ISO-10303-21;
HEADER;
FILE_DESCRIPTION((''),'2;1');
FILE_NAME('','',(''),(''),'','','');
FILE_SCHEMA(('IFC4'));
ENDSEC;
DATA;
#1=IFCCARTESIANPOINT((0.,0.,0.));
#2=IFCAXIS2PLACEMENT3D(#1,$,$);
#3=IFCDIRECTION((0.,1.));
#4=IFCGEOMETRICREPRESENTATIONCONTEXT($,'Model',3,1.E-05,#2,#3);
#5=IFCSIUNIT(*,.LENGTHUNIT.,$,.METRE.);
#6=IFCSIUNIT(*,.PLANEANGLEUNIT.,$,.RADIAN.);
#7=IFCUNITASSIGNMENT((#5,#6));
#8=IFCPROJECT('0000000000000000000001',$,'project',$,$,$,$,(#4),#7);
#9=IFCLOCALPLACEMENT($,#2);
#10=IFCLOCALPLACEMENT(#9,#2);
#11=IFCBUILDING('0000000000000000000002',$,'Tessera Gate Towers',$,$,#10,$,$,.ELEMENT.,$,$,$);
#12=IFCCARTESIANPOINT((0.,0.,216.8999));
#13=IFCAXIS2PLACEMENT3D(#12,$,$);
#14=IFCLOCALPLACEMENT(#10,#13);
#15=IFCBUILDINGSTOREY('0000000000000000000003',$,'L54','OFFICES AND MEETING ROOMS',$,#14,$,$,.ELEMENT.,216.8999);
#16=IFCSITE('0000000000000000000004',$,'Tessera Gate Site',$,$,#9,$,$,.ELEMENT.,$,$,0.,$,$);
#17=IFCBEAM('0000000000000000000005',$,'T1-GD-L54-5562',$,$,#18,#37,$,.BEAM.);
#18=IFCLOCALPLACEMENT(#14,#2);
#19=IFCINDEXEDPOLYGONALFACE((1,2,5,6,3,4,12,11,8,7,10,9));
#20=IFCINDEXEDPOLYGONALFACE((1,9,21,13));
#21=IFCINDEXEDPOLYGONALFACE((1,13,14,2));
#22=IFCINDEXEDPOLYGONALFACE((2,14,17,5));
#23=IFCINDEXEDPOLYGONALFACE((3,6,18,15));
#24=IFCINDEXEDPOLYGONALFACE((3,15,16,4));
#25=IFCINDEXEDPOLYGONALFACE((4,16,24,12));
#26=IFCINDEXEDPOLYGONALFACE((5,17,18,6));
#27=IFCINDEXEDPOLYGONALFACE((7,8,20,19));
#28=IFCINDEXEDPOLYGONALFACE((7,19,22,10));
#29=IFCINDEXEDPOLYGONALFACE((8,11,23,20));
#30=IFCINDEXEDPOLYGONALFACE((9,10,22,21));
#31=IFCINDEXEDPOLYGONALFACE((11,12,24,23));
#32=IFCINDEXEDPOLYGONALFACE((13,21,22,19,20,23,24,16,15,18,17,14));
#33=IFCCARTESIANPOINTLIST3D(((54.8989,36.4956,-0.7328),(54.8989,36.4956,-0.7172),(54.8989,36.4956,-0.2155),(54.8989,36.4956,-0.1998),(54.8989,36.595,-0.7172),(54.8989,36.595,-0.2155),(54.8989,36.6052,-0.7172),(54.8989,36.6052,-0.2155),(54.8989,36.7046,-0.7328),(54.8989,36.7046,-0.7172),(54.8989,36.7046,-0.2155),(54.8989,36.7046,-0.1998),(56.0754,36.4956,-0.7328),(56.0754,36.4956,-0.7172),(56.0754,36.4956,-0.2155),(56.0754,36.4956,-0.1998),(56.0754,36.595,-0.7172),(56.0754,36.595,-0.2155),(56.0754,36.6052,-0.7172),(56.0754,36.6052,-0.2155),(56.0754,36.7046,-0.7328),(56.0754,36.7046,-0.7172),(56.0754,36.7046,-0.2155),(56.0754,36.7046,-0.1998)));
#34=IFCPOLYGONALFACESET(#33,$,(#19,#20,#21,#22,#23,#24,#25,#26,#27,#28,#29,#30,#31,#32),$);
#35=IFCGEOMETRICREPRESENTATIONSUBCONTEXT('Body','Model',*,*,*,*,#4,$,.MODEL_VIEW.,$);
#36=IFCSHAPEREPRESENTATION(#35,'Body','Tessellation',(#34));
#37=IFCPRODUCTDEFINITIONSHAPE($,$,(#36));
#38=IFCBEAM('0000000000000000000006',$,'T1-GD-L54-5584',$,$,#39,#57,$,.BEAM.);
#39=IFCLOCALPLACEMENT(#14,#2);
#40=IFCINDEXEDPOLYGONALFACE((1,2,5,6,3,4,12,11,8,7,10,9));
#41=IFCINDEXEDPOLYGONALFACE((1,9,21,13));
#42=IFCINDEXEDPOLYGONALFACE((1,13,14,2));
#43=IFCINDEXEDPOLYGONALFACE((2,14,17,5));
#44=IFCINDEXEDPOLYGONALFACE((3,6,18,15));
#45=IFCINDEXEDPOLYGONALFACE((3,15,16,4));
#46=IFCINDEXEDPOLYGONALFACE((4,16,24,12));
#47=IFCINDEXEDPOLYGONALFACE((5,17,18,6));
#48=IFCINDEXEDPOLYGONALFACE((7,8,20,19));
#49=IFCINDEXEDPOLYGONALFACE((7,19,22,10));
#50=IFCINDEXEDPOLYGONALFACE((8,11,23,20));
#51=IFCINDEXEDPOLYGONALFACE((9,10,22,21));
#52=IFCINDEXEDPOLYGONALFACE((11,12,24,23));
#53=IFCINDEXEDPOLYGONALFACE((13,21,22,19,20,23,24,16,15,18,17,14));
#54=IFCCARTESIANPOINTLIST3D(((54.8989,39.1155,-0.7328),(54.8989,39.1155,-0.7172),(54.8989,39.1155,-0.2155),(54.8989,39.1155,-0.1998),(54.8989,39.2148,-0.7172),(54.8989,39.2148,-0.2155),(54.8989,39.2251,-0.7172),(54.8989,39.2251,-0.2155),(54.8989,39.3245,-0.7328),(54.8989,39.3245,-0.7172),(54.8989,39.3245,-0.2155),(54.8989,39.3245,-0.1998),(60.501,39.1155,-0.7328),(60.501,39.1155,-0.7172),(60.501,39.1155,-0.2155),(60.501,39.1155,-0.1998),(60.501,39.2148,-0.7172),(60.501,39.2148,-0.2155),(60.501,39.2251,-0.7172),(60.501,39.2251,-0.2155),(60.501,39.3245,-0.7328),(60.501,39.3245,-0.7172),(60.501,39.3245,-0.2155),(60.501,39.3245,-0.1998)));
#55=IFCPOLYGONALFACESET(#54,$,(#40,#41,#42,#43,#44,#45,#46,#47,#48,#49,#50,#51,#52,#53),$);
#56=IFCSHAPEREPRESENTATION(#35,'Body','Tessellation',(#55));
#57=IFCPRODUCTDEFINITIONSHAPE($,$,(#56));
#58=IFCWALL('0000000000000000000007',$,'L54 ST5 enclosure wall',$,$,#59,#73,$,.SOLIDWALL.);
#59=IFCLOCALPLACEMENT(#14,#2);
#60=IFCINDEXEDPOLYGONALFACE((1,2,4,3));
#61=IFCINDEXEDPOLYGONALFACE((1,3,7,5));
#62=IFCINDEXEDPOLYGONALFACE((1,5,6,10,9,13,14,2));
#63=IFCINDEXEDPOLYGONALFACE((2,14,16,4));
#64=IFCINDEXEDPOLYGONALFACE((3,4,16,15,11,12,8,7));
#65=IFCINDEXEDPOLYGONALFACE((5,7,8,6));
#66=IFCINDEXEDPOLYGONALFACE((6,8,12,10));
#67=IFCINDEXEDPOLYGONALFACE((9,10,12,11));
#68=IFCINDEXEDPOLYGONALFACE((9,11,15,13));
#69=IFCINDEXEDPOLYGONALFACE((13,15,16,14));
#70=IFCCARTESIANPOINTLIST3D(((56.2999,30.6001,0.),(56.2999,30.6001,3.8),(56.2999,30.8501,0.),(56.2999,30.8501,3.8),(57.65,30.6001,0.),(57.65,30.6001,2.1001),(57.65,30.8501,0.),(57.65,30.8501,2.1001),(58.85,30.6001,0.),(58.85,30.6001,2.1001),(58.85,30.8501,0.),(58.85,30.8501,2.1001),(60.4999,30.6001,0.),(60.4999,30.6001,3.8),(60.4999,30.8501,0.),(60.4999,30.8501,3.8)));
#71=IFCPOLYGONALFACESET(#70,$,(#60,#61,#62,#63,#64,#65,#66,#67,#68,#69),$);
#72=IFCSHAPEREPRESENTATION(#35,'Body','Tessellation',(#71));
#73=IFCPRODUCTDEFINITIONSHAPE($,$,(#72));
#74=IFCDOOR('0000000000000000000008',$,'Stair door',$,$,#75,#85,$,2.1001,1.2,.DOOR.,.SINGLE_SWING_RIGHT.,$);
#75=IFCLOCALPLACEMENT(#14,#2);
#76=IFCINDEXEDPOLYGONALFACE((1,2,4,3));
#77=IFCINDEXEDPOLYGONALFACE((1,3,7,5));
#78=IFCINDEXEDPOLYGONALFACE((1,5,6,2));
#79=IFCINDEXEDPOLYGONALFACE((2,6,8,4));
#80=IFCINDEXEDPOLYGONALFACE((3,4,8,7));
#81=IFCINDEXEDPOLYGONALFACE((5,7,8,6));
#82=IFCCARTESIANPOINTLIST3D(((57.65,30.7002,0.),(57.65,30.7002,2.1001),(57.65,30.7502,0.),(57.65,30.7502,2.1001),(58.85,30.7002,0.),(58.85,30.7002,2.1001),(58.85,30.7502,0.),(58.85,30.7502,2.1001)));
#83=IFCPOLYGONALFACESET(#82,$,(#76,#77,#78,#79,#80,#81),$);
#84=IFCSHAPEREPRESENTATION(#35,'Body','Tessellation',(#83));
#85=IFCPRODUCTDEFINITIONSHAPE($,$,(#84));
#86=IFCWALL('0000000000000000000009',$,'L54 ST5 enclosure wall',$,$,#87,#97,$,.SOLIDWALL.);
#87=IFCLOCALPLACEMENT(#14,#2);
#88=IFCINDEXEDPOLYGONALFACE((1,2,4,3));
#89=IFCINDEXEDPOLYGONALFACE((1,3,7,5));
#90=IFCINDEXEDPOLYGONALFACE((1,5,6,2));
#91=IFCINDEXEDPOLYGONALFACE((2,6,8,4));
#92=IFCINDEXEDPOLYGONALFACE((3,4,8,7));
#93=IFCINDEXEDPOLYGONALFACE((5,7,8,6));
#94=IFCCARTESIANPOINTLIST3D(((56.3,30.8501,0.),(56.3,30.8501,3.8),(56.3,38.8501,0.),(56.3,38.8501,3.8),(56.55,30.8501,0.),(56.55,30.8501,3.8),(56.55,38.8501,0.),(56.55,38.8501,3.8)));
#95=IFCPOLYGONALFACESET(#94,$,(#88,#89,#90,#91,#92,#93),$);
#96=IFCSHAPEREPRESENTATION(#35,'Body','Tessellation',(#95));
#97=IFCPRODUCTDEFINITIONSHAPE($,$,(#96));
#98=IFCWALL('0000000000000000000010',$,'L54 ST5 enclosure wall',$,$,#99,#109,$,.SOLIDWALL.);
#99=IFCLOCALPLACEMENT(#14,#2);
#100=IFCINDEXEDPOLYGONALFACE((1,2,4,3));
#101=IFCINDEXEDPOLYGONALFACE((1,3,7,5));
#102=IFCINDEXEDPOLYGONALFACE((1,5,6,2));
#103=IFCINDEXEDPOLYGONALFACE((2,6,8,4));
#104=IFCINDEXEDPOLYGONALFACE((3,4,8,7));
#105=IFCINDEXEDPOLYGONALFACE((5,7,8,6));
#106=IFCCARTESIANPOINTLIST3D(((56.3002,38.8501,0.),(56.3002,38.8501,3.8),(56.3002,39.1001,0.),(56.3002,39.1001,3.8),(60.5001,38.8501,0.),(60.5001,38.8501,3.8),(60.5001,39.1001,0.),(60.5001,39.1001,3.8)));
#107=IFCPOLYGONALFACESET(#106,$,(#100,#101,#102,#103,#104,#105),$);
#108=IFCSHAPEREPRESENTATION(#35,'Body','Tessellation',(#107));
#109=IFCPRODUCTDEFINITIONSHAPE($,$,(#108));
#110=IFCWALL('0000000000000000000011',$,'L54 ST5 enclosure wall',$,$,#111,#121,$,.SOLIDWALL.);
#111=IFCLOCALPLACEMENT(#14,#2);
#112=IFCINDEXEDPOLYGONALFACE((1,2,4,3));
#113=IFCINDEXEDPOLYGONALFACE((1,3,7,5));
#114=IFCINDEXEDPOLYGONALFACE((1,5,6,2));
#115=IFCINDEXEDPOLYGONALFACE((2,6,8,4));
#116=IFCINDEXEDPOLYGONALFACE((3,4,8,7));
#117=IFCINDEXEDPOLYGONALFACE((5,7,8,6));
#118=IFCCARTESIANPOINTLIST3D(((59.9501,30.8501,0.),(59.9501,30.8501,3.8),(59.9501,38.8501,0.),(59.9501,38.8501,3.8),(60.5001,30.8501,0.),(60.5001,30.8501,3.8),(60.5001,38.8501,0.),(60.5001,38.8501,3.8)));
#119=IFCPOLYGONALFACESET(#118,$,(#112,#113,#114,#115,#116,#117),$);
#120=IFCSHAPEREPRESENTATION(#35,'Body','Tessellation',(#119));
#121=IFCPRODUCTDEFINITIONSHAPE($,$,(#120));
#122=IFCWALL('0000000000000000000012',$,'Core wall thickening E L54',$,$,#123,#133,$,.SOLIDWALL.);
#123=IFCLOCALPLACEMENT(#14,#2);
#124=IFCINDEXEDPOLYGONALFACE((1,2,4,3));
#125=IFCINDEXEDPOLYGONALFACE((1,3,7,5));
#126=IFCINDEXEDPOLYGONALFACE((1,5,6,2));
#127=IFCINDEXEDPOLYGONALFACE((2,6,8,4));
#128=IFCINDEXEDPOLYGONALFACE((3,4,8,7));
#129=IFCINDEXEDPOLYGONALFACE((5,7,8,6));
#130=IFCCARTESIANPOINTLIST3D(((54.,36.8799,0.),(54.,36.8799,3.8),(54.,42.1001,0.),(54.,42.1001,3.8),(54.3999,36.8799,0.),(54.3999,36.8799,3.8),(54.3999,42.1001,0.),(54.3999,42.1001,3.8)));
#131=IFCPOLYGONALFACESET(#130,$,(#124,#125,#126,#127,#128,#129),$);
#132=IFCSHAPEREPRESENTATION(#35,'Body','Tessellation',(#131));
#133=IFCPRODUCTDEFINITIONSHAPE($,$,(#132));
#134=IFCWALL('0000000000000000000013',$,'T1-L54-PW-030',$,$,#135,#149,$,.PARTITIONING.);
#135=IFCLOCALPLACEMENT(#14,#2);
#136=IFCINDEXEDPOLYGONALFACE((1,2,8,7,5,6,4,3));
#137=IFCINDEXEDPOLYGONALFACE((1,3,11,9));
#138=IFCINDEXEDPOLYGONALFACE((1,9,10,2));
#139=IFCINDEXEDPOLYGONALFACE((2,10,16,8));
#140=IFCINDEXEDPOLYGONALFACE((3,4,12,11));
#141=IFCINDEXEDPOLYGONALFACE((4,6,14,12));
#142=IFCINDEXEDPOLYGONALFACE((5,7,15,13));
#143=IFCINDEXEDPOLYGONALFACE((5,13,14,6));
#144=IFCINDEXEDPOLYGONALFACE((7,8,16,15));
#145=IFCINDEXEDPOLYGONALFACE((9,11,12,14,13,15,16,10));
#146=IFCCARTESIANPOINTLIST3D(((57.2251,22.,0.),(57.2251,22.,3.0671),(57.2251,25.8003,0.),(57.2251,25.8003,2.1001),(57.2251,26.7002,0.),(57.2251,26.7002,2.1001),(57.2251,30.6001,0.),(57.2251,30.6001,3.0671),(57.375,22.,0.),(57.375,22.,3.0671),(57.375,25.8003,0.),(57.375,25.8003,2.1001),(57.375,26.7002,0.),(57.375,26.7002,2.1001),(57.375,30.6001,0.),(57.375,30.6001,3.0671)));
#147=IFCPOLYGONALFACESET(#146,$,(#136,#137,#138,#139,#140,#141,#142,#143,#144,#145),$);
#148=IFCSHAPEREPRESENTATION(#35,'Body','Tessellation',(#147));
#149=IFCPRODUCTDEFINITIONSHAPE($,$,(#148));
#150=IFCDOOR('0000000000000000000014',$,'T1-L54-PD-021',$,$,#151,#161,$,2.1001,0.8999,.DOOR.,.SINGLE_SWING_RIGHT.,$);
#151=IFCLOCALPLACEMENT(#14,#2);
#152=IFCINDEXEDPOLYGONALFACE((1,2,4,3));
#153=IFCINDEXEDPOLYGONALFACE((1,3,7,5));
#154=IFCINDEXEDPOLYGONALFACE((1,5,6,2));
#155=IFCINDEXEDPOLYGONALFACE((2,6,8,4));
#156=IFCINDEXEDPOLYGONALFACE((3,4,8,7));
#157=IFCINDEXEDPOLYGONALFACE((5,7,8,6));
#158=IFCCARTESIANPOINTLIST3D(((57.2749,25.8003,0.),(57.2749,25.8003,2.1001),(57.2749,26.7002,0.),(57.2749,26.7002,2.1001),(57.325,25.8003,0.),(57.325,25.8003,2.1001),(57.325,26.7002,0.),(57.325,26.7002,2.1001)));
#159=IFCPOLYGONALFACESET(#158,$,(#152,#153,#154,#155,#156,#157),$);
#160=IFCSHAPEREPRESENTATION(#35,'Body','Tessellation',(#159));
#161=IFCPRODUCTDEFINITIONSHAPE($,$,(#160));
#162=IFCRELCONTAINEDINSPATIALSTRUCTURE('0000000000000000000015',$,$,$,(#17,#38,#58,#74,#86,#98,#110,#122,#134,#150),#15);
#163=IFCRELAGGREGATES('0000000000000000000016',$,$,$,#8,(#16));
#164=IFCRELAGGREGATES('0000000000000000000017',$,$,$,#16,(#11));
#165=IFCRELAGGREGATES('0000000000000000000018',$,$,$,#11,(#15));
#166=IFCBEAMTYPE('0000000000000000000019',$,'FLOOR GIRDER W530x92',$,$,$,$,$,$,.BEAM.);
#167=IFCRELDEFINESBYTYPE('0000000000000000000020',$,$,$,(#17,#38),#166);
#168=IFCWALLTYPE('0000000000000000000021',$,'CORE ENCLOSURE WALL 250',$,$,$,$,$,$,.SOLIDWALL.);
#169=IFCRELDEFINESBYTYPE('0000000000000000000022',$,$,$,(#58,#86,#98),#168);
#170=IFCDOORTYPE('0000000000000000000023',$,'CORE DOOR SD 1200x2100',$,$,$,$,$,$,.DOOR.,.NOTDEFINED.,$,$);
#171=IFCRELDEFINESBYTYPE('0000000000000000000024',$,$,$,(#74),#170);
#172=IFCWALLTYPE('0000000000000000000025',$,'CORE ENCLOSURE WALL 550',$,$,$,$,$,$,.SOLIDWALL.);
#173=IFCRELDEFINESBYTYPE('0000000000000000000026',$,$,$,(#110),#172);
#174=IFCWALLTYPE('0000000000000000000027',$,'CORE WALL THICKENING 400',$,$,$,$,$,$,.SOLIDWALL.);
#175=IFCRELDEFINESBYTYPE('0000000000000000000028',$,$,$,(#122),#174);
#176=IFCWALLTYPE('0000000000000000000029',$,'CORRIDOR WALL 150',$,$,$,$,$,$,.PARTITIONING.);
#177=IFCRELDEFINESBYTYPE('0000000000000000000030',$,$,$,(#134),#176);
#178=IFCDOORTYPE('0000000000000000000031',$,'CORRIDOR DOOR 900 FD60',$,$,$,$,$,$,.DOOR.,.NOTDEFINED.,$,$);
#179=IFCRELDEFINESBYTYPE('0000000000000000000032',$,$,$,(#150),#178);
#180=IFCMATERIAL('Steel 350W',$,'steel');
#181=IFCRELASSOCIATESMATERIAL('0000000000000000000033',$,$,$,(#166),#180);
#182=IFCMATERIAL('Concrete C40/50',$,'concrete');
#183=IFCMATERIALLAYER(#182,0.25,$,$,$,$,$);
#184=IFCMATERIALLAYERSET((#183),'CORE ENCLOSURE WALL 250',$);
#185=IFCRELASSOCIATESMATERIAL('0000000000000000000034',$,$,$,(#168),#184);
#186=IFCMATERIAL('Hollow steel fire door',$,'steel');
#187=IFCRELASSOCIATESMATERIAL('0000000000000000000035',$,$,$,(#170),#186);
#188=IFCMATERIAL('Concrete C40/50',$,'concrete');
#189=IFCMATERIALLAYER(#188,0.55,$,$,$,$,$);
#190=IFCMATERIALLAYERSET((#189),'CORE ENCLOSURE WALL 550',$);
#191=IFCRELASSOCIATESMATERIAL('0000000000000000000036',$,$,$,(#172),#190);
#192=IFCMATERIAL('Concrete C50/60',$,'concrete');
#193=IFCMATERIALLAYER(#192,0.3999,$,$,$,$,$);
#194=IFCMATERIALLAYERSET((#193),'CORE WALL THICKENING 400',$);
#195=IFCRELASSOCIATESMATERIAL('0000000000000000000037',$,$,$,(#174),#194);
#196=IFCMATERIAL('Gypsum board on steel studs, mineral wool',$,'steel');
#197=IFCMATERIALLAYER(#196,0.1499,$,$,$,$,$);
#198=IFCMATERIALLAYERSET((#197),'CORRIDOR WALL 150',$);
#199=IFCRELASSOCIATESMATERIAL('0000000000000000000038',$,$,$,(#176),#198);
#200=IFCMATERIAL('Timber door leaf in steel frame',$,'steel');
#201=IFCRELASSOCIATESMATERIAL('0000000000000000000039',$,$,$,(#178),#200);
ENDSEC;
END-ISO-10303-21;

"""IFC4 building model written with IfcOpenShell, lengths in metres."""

from ifc_helpers import new_model, si_unit, direction, frame, frame_2d, origin, origin_2d, place, context, subcontext, project, spatial, rectangle, i_section, extrude, source, transform, mapped, material, layer, layer_set, material_profile, profile_set, type_object, element, fill, save


model = new_model("IFC4")

# Units and contexts
model_context = context("Model", 3, precision=1e-05, world=origin(), true_north=direction((0.0, 1.0)))
body_context = subcontext(model_context, "Body", "Model", "MODEL_VIEW")
ifc_project = project(units=[si_unit("LENGTHUNIT", "METRE"), si_unit("PLANEANGLEUNIT", "RADIAN")], contexts=[model_context])

# Site, building, storey
site_placement = place(None, origin())
site = spatial("IfcSite", under=ifc_project, at=site_placement, Name="Tessera Gate Site", CompositionType="ELEMENT", RefElevation=0.0)
building_placement = place(site_placement, origin())
building = spatial("IfcBuilding", under=site, at=building_placement, Name="Tessera Gate Towers", CompositionType="ELEMENT")
storey_placement = place(building_placement, frame((0.0, 0.0, 216.8999)))
storey = spatial("IfcBuildingStorey", under=building, at=storey_placement, Name="L54", Description="OFFICES AND MEETING ROOMS", CompositionType="ELEMENT", Elevation=216.8999)

# Beams
ifc_material_1 = material(Name="Steel 350W", Category="steel")
ifc_material_profile = material_profile(ifc_material_1, i_section(OverallWidth=0.209, OverallDepth=0.533, WebThickness=0.0103, FlangeThickness=0.0156, at=origin_2d()), Name="W530x92")
ifc_profile_set = profile_set([ifc_material_profile], Name="Steel 350W")
beam_type = type_object("IfcBeamType", Name="FLOOR GIRDER W530x92", PredefinedType="BEAM", material=ifc_profile_set)
beam_1_placement = place(storey_placement, frame((54.8989, 36.6001, -0.4663), z_axis=(1.0, 0.0, 0.0), x_axis=(0.0, 1.0, 0.0)))
element("IfcBeam", 1, at=beam_1_placement, inside=storey, type_object=beam_type, Name="T1-GD-L54-5562", PredefinedType="BEAM", context=body_context, shape_type="SweptSolid", body=[
    extrude(i_section(OverallWidth=0.209, OverallDepth=0.533, WebThickness=0.0103, FlangeThickness=0.0156, at=origin_2d()), origin(), (0.0, 0.0, 1.0), 1.1765),
])
beam_2_placement = place(storey_placement, frame((54.8989, 39.22, -0.4663), z_axis=(1.0, 0.0, 0.0), x_axis=(0.0, 1.0, 0.0)))
element("IfcBeam", 2, at=beam_2_placement, inside=storey, type_object=beam_type, Name="T1-GD-L54-5584", PredefinedType="BEAM", context=body_context, shape_type="SweptSolid", body=[
    extrude(i_section(OverallWidth=0.209, OverallDepth=0.533, WebThickness=0.0103, FlangeThickness=0.0156, at=origin_2d()), origin(), (0.0, 0.0, 1.0), 5.6021),
])

# Wall, opening, door
ifc_material_2 = material(Name="Concrete C40/50", Category="concrete")
ifc_layer_1 = layer(ifc_material_2, 0.25)
ifc_layer_set_1 = layer_set([ifc_layer_1], Name="CORE ENCLOSURE WALL 250")
wall_type_1 = type_object("IfcWallType", Name="CORE ENCLOSURE WALL 250", PredefinedType="SOLIDWALL", material=ifc_layer_set_1)
wall_1_placement = place(storey_placement, frame((60.5, 30.7251, 0.0), z_axis=(0.0, 0.0, 1.0), x_axis=(-1.0, 0.0, 0.0)))
wall_1 = element("IfcWall", 3, at=wall_1_placement, inside=storey, type_object=wall_type_1, Name="L54 ST5 enclosure wall", PredefinedType="SOLIDWALL", context=body_context, shape_type="SweptSolid", body=[
    extrude(rectangle(XDim=4.2, YDim=0.25, at=frame_2d((2.1001, 0.0))), origin(), (0.0, 0.0, 1.0), 3.8),
])
shared_shape_1 = source(origin(), body_context, "Body", "SweptSolid", [
    extrude(rectangle(XDim=1.2, YDim=2.1001, at=frame_2d((0.6001, 1.05))), frame((0.0, 0.135, 0.0), z_axis=(0.0, -1.0, 0.0), x_axis=(1.0, 0.0, 0.0)), (0.0, 0.0, 1.0), 0.27),
])
opening_1_placement = place(wall_1_placement, frame((1.6499, 0.0, 0.0)))
opening_1 = element("IfcOpeningElement", 4, at=opening_1_placement, cuts=wall_1, PredefinedType="OPENING", context=body_context, shape_type="MappedRepresentation", body=[
    mapped(shared_shape_1, transform((0.0, 0.0, 0.0), scale=1.0)),
])
ifc_material_3 = material(Name="Hollow steel fire door", Category="steel")
door_type_1 = type_object("IfcDoorType", Name="CORE DOOR SD 1200x2100", OperationType="NOTDEFINED", PredefinedType="DOOR", material=ifc_material_3)
shared_shape_2 = source(origin(), body_context, "Body", "SweptSolid", [
    extrude(rectangle(XDim=1.2, YDim=2.1001, at=frame_2d((0.6001, 1.05))), frame((0.0, 0.0249, 0.0), z_axis=(0.0, -1.0, 0.0), x_axis=(1.0, 0.0, 0.0)), (0.0, 0.0, 1.0), 0.05),
])
door_1_placement = place(opening_1_placement, origin())
door_1 = element("IfcDoor", 5, at=door_1_placement, inside=storey, type_object=door_type_1, Name="Stair door", OperationType="SINGLE_SWING_RIGHT", OverallHeight=2.1001, OverallWidth=1.2, PredefinedType="DOOR", context=body_context, shape_type="MappedRepresentation", body=[
    mapped(shared_shape_2, transform((0.0, 0.0, 0.0), scale=1.0)),
])
fill(opening_1, door_1)

# Walls
wall_2_placement = place(storey_placement, frame((56.425, 30.8501, 0.0), z_axis=(0.0, 0.0, 1.0), x_axis=(0.0, 1.0, 0.0)))
element("IfcWall", 6, at=wall_2_placement, inside=storey, type_object=wall_type_1, Name="L54 ST5 enclosure wall", PredefinedType="SOLIDWALL", context=body_context, shape_type="SweptSolid", body=[
    extrude(rectangle(XDim=8.0, YDim=0.25, at=frame_2d((4.0, 0.0))), origin(), (0.0, 0.0, 1.0), 3.8),
])
wall_3_placement = place(storey_placement, frame((56.3, 38.9751, 0.0), z_axis=(0.0, 0.0, 1.0), x_axis=(1.0, 0.0, 0.0)))
element("IfcWall", 7, at=wall_3_placement, inside=storey, type_object=wall_type_1, Name="L54 ST5 enclosure wall", PredefinedType="SOLIDWALL", context=body_context, shape_type="SweptSolid", body=[
    extrude(rectangle(XDim=4.2, YDim=0.25, at=frame_2d((2.1001, 0.0))), origin(), (0.0, 0.0, 1.0), 3.8),
])
ifc_material_4 = material(Name="Concrete C40/50", Category="concrete")
ifc_layer_2 = layer(ifc_material_4, 0.55)
ifc_layer_set_2 = layer_set([ifc_layer_2], Name="CORE ENCLOSURE WALL 550")
wall_type_2 = type_object("IfcWallType", Name="CORE ENCLOSURE WALL 550", PredefinedType="SOLIDWALL", material=ifc_layer_set_2)
wall_4_placement = place(storey_placement, frame((60.2251, 38.8501, 0.0), z_axis=(0.0, 0.0, 1.0), x_axis=(0.0, -1.0, 0.0)))
element("IfcWall", 8, at=wall_4_placement, inside=storey, type_object=wall_type_2, Name="L54 ST5 enclosure wall", PredefinedType="SOLIDWALL", context=body_context, shape_type="SweptSolid", body=[
    extrude(rectangle(XDim=8.0, YDim=0.55, at=frame_2d((4.0, 0.0))), origin(), (0.0, 0.0, 1.0), 3.8),
])
ifc_material_5 = material(Name="Concrete C50/60", Category="concrete")
ifc_layer_3 = layer(ifc_material_5, 0.3999)
ifc_layer_set_3 = layer_set([ifc_layer_3], Name="CORE WALL THICKENING 400")
wall_type_3 = type_object("IfcWallType", Name="CORE WALL THICKENING 400", PredefinedType="SOLIDWALL", material=ifc_layer_set_3)
wall_5_placement = place(storey_placement, frame((54.2, 36.8799, 0.0), z_axis=(0.0, 0.0, 1.0), x_axis=(0.0, 1.0, 0.0)))
element("IfcWall", 9, at=wall_5_placement, inside=storey, type_object=wall_type_3, Name="Core wall thickening E L54", PredefinedType="SOLIDWALL", context=body_context, shape_type="SweptSolid", body=[
    extrude(rectangle(XDim=5.2202, YDim=0.3999, at=frame_2d((2.6101, 0.0))), origin(), (0.0, 0.0, 1.0), 3.8),
])

# Wall, opening, door
ifc_material_6 = material(Name="Gypsum board on steel studs, mineral wool", Category="steel")
ifc_layer_4 = layer(ifc_material_6, 0.1499)
ifc_layer_set_4 = layer_set([ifc_layer_4], Name="CORRIDOR WALL 150")
wall_type_4 = type_object("IfcWallType", Name="CORRIDOR WALL 150", PredefinedType="PARTITIONING", material=ifc_layer_set_4)
wall_6_placement = place(storey_placement, frame((57.3, 30.6001, 0.0), z_axis=(0.0, 0.0, 1.0), x_axis=(0.0, -1.0, 0.0)))
wall_6 = element("IfcWall", 10, at=wall_6_placement, inside=storey, type_object=wall_type_4, Name="T1-L54-PW-030", PredefinedType="PARTITIONING", context=body_context, shape_type="SweptSolid", body=[
    extrude(rectangle(XDim=8.6001, YDim=0.1499, at=frame_2d((4.3, 0.0))), origin(), (0.0, 0.0, 1.0), 3.0671),
])
shared_shape_3 = source(origin(), body_context, "Body", "SweptSolid", [
    extrude(rectangle(XDim=0.8999, YDim=2.1001, at=frame_2d((0.45, 1.05))), frame((0.0, 0.085, 0.0), z_axis=(0.0, -1.0, 0.0), x_axis=(1.0, 0.0, 0.0)), (0.0, 0.0, 1.0), 0.1699),
])
opening_2_placement = place(wall_6_placement, frame((3.8999, 0.0, 0.0)))
opening_2 = element("IfcOpeningElement", 11, at=opening_2_placement, cuts=wall_6, PredefinedType="OPENING", context=body_context, shape_type="MappedRepresentation", body=[
    mapped(shared_shape_3, transform((0.0, 0.0, 0.0), scale=1.0)),
])
ifc_material_7 = material(Name="Timber door leaf in steel frame", Category="steel")
door_type_2 = type_object("IfcDoorType", Name="CORRIDOR DOOR 900 FD60", OperationType="NOTDEFINED", PredefinedType="DOOR", material=ifc_material_7)
shared_shape_4 = source(origin(), body_context, "Body", "SweptSolid", [
    extrude(rectangle(XDim=0.8999, YDim=2.1001, at=frame_2d((0.45, 1.05))), frame((0.0, 0.0249, 0.0), z_axis=(0.0, -1.0, 0.0), x_axis=(1.0, 0.0, 0.0)), (0.0, 0.0, 1.0), 0.05),
])
door_2_placement = place(opening_2_placement, origin())
door_2 = element("IfcDoor", 12, at=door_2_placement, inside=storey, type_object=door_type_2, Name="T1-L54-PD-021", OperationType="SINGLE_SWING_RIGHT", OverallHeight=2.1001, OverallWidth=0.8999, PredefinedType="DOOR", context=body_context, shape_type="MappedRepresentation", body=[
    mapped(shared_shape_4, transform((0.0, 0.0, 0.0), scale=1.0)),
])
fill(opening_2, door_2)

save(model, "model.ifc")
